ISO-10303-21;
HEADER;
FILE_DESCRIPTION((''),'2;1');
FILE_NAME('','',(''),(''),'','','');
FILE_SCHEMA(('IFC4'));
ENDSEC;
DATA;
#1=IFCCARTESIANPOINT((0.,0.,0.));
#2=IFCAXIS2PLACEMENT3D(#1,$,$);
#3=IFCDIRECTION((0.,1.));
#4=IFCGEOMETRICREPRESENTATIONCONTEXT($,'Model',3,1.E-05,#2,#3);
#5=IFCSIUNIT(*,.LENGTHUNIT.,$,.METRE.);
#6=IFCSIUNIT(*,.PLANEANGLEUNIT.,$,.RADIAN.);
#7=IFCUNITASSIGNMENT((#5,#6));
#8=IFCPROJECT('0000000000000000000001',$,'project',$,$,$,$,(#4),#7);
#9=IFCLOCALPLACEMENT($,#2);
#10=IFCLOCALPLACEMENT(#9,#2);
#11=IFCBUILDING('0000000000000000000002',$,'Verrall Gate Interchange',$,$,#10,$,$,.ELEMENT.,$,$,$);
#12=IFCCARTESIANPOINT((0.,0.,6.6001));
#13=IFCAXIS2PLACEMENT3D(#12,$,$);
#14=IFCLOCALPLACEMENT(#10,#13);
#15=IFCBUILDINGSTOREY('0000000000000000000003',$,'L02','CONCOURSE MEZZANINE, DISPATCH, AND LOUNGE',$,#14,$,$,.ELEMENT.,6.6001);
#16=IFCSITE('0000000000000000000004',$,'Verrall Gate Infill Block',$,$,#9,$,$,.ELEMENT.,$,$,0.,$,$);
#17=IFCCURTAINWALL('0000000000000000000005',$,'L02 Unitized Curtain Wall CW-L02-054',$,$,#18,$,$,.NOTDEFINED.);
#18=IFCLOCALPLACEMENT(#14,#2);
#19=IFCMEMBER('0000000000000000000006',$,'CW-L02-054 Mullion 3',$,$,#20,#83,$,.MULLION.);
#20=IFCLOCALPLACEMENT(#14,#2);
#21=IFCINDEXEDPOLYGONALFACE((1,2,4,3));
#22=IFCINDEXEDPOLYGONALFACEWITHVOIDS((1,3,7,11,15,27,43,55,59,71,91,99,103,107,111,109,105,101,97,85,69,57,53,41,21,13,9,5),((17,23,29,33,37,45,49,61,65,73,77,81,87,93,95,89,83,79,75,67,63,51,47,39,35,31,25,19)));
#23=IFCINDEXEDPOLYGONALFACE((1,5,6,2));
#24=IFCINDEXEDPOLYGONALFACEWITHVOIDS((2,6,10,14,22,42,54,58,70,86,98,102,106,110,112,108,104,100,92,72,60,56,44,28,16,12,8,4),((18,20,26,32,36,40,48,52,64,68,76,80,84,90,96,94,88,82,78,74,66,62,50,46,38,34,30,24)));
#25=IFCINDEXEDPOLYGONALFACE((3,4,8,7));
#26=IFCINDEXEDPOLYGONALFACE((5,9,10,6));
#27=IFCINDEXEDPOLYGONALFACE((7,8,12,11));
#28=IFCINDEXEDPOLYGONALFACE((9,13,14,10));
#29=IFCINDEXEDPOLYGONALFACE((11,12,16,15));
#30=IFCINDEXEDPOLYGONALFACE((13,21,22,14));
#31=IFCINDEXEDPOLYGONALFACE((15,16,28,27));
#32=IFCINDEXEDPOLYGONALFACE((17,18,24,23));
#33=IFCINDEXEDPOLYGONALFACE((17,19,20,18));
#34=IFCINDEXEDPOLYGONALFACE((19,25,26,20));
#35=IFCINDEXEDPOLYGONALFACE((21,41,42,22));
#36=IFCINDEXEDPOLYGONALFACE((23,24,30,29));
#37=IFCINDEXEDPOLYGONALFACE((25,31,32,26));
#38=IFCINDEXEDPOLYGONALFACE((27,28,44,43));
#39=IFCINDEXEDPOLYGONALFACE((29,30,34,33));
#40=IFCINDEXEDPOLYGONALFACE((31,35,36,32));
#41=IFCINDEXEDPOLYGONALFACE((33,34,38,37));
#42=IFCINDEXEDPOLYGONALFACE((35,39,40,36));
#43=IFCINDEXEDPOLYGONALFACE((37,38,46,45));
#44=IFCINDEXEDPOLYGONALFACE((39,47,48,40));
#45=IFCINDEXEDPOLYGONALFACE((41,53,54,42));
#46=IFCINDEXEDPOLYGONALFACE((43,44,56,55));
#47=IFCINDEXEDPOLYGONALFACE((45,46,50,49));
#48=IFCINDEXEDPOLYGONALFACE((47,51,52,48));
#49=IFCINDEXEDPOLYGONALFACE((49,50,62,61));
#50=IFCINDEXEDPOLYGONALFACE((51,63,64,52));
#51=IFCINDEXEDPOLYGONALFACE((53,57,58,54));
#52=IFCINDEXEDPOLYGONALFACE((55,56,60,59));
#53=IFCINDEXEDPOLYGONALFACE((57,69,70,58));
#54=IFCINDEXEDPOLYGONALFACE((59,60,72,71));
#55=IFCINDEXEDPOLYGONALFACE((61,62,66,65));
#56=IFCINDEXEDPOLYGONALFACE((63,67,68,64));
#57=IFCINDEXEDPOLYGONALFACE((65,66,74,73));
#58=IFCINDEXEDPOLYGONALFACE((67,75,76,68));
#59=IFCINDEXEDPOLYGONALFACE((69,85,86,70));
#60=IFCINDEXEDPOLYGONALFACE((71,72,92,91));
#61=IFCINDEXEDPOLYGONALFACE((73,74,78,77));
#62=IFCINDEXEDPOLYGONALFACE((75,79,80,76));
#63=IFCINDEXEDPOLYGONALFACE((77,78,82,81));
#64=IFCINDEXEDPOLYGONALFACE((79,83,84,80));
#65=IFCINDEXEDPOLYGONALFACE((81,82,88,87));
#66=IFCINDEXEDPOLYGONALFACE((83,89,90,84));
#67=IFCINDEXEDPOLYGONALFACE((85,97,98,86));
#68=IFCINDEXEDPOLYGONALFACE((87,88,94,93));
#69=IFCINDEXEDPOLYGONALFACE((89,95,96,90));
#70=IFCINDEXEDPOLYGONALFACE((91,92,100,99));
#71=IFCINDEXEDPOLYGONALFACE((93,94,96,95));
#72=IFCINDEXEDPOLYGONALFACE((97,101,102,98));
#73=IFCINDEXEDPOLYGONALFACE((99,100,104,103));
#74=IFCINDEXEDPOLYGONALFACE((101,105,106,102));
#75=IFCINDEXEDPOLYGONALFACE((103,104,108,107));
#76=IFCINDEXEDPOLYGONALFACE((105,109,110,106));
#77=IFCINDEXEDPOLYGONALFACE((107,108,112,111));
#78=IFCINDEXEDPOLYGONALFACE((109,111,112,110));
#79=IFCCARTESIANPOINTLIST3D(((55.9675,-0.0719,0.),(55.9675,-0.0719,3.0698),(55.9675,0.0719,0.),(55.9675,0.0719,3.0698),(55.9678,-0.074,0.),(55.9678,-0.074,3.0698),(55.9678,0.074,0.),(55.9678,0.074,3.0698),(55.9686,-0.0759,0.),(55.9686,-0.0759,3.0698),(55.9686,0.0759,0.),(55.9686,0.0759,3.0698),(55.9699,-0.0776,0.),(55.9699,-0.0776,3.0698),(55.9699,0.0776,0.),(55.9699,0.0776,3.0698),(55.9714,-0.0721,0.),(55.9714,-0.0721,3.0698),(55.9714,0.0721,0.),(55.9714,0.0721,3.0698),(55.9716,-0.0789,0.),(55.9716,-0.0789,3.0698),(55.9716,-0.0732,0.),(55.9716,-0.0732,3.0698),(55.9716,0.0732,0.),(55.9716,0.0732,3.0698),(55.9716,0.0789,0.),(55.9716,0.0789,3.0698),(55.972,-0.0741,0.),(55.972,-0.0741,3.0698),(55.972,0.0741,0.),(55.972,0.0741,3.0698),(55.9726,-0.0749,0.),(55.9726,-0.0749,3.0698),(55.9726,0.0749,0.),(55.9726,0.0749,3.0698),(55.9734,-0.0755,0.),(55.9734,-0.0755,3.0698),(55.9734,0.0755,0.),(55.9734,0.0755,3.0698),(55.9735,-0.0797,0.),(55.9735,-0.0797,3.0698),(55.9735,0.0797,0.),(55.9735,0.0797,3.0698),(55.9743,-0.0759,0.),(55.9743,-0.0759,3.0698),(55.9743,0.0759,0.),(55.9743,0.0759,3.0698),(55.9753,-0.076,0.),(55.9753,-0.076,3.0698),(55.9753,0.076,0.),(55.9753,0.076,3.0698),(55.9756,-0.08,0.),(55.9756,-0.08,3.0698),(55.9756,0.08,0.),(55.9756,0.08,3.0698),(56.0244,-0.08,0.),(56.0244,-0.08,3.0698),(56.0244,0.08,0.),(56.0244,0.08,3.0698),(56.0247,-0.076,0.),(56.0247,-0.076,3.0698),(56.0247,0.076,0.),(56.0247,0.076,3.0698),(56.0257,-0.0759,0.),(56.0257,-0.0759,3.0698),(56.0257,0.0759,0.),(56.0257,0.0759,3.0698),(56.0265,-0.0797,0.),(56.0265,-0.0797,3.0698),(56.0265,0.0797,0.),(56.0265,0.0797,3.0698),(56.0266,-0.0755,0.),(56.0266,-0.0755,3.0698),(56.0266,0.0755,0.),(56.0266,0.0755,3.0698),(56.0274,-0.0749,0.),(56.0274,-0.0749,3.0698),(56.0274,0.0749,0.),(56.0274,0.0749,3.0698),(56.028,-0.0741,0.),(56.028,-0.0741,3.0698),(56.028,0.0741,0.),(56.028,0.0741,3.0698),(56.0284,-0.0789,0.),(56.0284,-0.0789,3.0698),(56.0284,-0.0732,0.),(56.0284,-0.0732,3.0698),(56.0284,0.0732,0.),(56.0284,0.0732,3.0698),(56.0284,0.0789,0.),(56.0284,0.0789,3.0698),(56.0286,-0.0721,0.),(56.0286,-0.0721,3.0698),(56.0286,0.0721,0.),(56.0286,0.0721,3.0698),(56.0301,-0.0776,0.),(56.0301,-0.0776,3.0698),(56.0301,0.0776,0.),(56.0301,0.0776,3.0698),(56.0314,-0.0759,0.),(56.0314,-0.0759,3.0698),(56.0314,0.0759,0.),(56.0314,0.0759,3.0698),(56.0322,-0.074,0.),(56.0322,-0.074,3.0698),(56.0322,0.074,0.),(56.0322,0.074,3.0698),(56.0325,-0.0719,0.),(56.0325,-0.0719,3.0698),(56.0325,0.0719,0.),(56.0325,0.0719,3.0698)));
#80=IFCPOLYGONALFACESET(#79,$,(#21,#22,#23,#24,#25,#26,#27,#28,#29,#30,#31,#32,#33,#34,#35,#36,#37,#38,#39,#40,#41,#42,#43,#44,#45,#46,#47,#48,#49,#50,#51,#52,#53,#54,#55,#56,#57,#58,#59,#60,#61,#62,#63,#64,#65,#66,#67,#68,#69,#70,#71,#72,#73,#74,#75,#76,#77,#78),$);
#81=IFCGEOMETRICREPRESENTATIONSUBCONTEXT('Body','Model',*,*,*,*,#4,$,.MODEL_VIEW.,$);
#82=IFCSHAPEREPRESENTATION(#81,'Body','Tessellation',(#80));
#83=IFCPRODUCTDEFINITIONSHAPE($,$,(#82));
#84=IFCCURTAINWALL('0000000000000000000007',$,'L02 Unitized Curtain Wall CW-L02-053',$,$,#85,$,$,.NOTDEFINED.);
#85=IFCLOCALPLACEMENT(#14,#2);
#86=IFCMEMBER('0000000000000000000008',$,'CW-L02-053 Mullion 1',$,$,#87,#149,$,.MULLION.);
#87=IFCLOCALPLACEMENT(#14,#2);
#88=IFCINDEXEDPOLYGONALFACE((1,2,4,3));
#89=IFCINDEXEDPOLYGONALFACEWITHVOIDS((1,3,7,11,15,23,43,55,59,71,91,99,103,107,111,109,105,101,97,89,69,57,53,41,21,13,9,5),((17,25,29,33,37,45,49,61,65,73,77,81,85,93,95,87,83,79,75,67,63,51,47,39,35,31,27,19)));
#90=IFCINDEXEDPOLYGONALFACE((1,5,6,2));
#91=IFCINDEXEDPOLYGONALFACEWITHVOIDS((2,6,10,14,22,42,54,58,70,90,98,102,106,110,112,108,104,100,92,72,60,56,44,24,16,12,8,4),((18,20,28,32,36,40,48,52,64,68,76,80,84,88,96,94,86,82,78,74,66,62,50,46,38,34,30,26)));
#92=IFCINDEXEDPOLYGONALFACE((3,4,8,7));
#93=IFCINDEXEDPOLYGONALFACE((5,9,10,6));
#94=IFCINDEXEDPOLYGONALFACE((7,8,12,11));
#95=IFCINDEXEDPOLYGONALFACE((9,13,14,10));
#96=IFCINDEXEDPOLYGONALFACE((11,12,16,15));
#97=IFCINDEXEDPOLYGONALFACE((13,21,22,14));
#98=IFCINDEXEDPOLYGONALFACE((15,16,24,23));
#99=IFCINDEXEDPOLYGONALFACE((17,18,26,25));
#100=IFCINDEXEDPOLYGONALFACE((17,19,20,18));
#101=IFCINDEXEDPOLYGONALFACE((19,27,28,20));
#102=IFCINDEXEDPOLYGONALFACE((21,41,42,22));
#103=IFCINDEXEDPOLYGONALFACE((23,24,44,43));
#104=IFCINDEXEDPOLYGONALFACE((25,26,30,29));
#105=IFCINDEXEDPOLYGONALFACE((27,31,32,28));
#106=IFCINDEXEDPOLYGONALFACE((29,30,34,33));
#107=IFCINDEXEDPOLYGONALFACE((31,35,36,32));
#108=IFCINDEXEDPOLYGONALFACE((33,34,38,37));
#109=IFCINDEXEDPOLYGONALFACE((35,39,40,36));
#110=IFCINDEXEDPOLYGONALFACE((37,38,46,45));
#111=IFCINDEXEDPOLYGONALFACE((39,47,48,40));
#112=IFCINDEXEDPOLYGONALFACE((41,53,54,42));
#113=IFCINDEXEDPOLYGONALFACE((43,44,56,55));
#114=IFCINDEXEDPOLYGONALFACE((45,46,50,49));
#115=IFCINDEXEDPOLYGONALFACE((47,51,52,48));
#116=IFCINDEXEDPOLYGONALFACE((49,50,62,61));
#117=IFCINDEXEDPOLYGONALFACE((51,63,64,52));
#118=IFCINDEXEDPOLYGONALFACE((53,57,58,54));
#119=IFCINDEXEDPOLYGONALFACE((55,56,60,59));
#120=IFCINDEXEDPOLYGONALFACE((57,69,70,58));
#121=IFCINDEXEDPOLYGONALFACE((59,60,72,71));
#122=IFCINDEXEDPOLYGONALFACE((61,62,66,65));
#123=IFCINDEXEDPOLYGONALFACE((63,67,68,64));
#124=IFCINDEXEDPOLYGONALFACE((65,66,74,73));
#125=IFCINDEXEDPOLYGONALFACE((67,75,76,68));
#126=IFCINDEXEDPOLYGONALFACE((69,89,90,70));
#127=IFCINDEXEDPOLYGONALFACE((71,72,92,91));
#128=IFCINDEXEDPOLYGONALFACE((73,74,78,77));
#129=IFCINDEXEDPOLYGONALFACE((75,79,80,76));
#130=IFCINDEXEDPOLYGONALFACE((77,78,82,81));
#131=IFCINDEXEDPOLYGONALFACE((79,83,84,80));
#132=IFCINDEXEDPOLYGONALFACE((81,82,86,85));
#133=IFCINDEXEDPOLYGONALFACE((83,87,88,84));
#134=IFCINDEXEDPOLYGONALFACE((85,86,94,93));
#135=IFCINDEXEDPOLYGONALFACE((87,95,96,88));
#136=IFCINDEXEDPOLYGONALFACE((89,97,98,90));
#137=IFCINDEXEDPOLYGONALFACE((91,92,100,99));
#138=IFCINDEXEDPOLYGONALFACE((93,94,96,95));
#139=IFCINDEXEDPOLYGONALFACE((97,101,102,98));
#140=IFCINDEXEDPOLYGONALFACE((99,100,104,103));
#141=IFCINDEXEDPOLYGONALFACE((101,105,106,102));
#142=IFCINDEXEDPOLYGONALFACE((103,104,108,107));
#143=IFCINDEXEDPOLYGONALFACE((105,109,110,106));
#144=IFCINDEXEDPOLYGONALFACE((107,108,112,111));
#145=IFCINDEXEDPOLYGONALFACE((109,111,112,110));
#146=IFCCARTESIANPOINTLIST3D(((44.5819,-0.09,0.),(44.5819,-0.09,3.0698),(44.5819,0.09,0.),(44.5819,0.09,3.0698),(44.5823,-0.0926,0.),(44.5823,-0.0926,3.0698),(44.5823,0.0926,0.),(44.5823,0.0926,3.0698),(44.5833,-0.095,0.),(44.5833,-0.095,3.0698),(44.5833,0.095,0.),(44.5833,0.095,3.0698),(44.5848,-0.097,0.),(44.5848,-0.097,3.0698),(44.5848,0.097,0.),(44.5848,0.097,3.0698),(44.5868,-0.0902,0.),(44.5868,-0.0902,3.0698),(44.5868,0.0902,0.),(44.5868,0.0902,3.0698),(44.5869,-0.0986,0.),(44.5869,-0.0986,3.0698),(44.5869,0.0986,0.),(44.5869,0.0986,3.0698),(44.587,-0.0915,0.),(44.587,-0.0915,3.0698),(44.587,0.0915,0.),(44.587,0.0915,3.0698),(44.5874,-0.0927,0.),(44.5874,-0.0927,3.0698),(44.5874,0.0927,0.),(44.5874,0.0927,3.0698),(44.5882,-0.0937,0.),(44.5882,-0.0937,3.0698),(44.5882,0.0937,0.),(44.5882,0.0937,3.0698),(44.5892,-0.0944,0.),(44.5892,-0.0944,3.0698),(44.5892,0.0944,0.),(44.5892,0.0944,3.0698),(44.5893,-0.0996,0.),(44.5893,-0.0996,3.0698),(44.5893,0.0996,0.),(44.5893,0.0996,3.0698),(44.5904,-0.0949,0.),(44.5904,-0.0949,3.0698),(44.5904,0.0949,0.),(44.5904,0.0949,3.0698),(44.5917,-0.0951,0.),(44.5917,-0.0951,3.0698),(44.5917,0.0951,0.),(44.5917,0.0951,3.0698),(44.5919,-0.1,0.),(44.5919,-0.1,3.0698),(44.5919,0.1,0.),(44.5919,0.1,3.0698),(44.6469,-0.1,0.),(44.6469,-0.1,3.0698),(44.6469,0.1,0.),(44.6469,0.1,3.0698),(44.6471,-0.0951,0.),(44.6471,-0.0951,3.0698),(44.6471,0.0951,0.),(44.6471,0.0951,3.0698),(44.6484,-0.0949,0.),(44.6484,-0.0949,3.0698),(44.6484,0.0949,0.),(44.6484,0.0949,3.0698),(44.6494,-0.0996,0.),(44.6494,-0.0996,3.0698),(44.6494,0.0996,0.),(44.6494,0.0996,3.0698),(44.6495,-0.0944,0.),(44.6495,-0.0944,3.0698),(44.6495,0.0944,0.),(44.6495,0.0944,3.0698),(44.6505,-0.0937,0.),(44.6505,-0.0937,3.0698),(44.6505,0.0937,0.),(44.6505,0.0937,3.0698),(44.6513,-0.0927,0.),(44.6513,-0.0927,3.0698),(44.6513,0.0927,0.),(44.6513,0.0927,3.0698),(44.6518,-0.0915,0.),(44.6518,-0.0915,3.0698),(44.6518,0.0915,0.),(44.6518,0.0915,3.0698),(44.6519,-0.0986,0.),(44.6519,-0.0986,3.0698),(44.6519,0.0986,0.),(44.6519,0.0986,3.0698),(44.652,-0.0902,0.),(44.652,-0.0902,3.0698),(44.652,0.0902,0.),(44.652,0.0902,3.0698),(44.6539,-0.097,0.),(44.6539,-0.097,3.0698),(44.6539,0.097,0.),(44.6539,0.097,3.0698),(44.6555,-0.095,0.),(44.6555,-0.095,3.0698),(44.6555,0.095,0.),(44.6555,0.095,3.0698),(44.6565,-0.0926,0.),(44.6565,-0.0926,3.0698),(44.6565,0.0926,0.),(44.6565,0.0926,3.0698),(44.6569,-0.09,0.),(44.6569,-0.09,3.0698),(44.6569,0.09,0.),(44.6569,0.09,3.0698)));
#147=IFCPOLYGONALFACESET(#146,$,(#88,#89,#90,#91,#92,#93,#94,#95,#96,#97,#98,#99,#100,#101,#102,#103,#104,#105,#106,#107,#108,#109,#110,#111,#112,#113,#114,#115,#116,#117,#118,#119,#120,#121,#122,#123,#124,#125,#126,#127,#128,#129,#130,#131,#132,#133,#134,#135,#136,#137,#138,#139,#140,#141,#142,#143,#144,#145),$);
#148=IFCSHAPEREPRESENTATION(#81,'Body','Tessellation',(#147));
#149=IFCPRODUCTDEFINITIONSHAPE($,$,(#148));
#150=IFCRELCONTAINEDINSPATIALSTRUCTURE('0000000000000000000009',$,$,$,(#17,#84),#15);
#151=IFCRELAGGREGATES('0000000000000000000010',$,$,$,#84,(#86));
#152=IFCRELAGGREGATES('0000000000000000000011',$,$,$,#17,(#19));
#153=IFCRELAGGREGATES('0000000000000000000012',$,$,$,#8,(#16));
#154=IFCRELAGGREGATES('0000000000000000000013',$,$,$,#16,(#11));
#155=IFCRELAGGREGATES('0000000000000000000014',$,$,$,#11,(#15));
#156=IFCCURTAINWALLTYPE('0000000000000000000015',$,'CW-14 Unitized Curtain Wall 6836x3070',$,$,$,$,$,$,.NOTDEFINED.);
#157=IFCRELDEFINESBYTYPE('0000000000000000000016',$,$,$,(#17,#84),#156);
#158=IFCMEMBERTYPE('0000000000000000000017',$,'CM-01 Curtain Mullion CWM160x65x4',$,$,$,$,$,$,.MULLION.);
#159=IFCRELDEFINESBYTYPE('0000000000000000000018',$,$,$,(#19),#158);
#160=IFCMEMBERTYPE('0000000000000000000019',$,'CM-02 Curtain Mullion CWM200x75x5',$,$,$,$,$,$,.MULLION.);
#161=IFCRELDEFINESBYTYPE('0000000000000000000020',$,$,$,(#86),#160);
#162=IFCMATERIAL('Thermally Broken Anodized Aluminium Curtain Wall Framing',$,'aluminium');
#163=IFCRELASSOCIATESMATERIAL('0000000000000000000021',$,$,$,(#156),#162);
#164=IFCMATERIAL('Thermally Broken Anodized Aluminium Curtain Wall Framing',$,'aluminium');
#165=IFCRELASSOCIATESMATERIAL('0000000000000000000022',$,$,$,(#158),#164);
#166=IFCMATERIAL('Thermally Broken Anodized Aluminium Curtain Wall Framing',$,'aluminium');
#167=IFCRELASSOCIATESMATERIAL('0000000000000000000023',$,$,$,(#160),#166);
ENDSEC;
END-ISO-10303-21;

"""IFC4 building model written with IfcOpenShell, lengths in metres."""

from ifc_helpers import new_model, si_unit, direction, frame, origin, origin_2d, place, context, subcontext, project, spatial, hollow_rectangle, extrude, material, material_profile, profile_set, type_object, element, aggregate, save


model = new_model("IFC4")

# Units and contexts
model_context = context("Model", 3, precision=1e-05, world=origin(), true_north=direction((0.0, 1.0)))
body_context = subcontext(model_context, "Body", "Model", "MODEL_VIEW")
ifc_project = project(units=[si_unit("LENGTHUNIT", "METRE"), si_unit("PLANEANGLEUNIT", "RADIAN")], contexts=[model_context])

# Site, building, storey
site_placement = place(None, origin())
site = spatial("IfcSite", under=ifc_project, at=site_placement, Name="Verrall Gate Infill Block", CompositionType="ELEMENT", RefElevation=0.0)
building_placement = place(site_placement, origin())
building = spatial("IfcBuilding", under=site, at=building_placement, Name="Verrall Gate Interchange", CompositionType="ELEMENT")
storey_placement = place(building_placement, frame((0.0, 0.0, 6.6001)))
storey = spatial("IfcBuildingStorey", under=building, at=storey_placement, Name="L02", Description="CONCOURSE MEZZANINE, DISPATCH, AND LOUNGE", CompositionType="ELEMENT", Elevation=6.6001)

# Curtain walls, members
ifc_material_1 = material(Name="Thermally Broken Anodized Aluminium Curtain Wall Framing", Category="aluminium")
curtain_wall_type = type_object("IfcCurtainWallType", Name="CW-14 Unitized Curtain Wall 6836x3070", PredefinedType="NOTDEFINED", material=ifc_material_1)
curtain_wall_1_placement = place(storey_placement, origin())
curtain_wall_1 = element("IfcCurtainWall", 1, at=curtain_wall_1_placement, inside=storey, type_object=curtain_wall_type, Name="L02 Unitized Curtain Wall CW-L02-054", PredefinedType="NOTDEFINED")
ifc_material_2 = material(Name="Thermally Broken Anodized Aluminium Curtain Wall Framing", Category="aluminium")
ifc_material_profile_1 = material_profile(ifc_material_2, hollow_rectangle(XDim=0.0649, YDim=0.1599, WallThickness=0.0039, InnerFilletRadius=0.0039, OuterFilletRadius=0.0081, at=origin_2d()), Name="CWM160x65x4")
ifc_profile_set_1 = profile_set([ifc_material_profile_1], Name="Thermally Broken Anodized Aluminium Curtain Wall Framing")
member_type_1 = type_object("IfcMemberType", Name="CM-01 Curtain Mullion CWM160x65x4", PredefinedType="MULLION", material=ifc_profile_set_1)
member_1_placement = place(storey_placement, frame((56.0, 0.0, 0.0), z_axis=(0.0, 0.0, 1.0), x_axis=(1.0, 0.0, 0.0)))
member_1 = element("IfcMember", 2, at=member_1_placement, type_object=member_type_1, Name="CW-L02-054 Mullion 3", PredefinedType="MULLION", context=body_context, shape_type="SweptSolid", body=[
    extrude(hollow_rectangle(XDim=0.0649, YDim=0.1599, WallThickness=0.0039, InnerFilletRadius=0.0039, OuterFilletRadius=0.0081, at=origin_2d()), origin(), (0.0, 0.0, 1.0), 3.0698),
])
curtain_wall_2_placement = place(storey_placement, origin())
curtain_wall_2 = element("IfcCurtainWall", 3, at=curtain_wall_2_placement, inside=storey, type_object=curtain_wall_type, Name="L02 Unitized Curtain Wall CW-L02-053", PredefinedType="NOTDEFINED")
ifc_material_3 = material(Name="Thermally Broken Anodized Aluminium Curtain Wall Framing", Category="aluminium")
ifc_material_profile_2 = material_profile(ifc_material_3, hollow_rectangle(XDim=0.075, YDim=0.2, WallThickness=0.0049, InnerFilletRadius=0.0049, OuterFilletRadius=0.01, at=origin_2d()), Name="CWM200x75x5")
ifc_profile_set_2 = profile_set([ifc_material_profile_2], Name="Thermally Broken Anodized Aluminium Curtain Wall Framing")
member_type_2 = type_object("IfcMemberType", Name="CM-02 Curtain Mullion CWM200x75x5", PredefinedType="MULLION", material=ifc_profile_set_2)
member_2_placement = place(storey_placement, frame((44.6194, 0.0, 0.0), z_axis=(0.0, 0.0, 1.0), x_axis=(1.0, 0.0, 0.0)))
member_2 = element("IfcMember", 4, at=member_2_placement, type_object=member_type_2, Name="CW-L02-053 Mullion 1", PredefinedType="MULLION", context=body_context, shape_type="SweptSolid", body=[
    extrude(hollow_rectangle(XDim=0.075, YDim=0.2, WallThickness=0.0049, InnerFilletRadius=0.0049, OuterFilletRadius=0.01, at=origin_2d()), origin(), (0.0, 0.0, 1.0), 3.0698),
])

aggregate(curtain_wall_2, [member_2])
aggregate(curtain_wall_1, [member_1])

save(model, "model.ifc")
